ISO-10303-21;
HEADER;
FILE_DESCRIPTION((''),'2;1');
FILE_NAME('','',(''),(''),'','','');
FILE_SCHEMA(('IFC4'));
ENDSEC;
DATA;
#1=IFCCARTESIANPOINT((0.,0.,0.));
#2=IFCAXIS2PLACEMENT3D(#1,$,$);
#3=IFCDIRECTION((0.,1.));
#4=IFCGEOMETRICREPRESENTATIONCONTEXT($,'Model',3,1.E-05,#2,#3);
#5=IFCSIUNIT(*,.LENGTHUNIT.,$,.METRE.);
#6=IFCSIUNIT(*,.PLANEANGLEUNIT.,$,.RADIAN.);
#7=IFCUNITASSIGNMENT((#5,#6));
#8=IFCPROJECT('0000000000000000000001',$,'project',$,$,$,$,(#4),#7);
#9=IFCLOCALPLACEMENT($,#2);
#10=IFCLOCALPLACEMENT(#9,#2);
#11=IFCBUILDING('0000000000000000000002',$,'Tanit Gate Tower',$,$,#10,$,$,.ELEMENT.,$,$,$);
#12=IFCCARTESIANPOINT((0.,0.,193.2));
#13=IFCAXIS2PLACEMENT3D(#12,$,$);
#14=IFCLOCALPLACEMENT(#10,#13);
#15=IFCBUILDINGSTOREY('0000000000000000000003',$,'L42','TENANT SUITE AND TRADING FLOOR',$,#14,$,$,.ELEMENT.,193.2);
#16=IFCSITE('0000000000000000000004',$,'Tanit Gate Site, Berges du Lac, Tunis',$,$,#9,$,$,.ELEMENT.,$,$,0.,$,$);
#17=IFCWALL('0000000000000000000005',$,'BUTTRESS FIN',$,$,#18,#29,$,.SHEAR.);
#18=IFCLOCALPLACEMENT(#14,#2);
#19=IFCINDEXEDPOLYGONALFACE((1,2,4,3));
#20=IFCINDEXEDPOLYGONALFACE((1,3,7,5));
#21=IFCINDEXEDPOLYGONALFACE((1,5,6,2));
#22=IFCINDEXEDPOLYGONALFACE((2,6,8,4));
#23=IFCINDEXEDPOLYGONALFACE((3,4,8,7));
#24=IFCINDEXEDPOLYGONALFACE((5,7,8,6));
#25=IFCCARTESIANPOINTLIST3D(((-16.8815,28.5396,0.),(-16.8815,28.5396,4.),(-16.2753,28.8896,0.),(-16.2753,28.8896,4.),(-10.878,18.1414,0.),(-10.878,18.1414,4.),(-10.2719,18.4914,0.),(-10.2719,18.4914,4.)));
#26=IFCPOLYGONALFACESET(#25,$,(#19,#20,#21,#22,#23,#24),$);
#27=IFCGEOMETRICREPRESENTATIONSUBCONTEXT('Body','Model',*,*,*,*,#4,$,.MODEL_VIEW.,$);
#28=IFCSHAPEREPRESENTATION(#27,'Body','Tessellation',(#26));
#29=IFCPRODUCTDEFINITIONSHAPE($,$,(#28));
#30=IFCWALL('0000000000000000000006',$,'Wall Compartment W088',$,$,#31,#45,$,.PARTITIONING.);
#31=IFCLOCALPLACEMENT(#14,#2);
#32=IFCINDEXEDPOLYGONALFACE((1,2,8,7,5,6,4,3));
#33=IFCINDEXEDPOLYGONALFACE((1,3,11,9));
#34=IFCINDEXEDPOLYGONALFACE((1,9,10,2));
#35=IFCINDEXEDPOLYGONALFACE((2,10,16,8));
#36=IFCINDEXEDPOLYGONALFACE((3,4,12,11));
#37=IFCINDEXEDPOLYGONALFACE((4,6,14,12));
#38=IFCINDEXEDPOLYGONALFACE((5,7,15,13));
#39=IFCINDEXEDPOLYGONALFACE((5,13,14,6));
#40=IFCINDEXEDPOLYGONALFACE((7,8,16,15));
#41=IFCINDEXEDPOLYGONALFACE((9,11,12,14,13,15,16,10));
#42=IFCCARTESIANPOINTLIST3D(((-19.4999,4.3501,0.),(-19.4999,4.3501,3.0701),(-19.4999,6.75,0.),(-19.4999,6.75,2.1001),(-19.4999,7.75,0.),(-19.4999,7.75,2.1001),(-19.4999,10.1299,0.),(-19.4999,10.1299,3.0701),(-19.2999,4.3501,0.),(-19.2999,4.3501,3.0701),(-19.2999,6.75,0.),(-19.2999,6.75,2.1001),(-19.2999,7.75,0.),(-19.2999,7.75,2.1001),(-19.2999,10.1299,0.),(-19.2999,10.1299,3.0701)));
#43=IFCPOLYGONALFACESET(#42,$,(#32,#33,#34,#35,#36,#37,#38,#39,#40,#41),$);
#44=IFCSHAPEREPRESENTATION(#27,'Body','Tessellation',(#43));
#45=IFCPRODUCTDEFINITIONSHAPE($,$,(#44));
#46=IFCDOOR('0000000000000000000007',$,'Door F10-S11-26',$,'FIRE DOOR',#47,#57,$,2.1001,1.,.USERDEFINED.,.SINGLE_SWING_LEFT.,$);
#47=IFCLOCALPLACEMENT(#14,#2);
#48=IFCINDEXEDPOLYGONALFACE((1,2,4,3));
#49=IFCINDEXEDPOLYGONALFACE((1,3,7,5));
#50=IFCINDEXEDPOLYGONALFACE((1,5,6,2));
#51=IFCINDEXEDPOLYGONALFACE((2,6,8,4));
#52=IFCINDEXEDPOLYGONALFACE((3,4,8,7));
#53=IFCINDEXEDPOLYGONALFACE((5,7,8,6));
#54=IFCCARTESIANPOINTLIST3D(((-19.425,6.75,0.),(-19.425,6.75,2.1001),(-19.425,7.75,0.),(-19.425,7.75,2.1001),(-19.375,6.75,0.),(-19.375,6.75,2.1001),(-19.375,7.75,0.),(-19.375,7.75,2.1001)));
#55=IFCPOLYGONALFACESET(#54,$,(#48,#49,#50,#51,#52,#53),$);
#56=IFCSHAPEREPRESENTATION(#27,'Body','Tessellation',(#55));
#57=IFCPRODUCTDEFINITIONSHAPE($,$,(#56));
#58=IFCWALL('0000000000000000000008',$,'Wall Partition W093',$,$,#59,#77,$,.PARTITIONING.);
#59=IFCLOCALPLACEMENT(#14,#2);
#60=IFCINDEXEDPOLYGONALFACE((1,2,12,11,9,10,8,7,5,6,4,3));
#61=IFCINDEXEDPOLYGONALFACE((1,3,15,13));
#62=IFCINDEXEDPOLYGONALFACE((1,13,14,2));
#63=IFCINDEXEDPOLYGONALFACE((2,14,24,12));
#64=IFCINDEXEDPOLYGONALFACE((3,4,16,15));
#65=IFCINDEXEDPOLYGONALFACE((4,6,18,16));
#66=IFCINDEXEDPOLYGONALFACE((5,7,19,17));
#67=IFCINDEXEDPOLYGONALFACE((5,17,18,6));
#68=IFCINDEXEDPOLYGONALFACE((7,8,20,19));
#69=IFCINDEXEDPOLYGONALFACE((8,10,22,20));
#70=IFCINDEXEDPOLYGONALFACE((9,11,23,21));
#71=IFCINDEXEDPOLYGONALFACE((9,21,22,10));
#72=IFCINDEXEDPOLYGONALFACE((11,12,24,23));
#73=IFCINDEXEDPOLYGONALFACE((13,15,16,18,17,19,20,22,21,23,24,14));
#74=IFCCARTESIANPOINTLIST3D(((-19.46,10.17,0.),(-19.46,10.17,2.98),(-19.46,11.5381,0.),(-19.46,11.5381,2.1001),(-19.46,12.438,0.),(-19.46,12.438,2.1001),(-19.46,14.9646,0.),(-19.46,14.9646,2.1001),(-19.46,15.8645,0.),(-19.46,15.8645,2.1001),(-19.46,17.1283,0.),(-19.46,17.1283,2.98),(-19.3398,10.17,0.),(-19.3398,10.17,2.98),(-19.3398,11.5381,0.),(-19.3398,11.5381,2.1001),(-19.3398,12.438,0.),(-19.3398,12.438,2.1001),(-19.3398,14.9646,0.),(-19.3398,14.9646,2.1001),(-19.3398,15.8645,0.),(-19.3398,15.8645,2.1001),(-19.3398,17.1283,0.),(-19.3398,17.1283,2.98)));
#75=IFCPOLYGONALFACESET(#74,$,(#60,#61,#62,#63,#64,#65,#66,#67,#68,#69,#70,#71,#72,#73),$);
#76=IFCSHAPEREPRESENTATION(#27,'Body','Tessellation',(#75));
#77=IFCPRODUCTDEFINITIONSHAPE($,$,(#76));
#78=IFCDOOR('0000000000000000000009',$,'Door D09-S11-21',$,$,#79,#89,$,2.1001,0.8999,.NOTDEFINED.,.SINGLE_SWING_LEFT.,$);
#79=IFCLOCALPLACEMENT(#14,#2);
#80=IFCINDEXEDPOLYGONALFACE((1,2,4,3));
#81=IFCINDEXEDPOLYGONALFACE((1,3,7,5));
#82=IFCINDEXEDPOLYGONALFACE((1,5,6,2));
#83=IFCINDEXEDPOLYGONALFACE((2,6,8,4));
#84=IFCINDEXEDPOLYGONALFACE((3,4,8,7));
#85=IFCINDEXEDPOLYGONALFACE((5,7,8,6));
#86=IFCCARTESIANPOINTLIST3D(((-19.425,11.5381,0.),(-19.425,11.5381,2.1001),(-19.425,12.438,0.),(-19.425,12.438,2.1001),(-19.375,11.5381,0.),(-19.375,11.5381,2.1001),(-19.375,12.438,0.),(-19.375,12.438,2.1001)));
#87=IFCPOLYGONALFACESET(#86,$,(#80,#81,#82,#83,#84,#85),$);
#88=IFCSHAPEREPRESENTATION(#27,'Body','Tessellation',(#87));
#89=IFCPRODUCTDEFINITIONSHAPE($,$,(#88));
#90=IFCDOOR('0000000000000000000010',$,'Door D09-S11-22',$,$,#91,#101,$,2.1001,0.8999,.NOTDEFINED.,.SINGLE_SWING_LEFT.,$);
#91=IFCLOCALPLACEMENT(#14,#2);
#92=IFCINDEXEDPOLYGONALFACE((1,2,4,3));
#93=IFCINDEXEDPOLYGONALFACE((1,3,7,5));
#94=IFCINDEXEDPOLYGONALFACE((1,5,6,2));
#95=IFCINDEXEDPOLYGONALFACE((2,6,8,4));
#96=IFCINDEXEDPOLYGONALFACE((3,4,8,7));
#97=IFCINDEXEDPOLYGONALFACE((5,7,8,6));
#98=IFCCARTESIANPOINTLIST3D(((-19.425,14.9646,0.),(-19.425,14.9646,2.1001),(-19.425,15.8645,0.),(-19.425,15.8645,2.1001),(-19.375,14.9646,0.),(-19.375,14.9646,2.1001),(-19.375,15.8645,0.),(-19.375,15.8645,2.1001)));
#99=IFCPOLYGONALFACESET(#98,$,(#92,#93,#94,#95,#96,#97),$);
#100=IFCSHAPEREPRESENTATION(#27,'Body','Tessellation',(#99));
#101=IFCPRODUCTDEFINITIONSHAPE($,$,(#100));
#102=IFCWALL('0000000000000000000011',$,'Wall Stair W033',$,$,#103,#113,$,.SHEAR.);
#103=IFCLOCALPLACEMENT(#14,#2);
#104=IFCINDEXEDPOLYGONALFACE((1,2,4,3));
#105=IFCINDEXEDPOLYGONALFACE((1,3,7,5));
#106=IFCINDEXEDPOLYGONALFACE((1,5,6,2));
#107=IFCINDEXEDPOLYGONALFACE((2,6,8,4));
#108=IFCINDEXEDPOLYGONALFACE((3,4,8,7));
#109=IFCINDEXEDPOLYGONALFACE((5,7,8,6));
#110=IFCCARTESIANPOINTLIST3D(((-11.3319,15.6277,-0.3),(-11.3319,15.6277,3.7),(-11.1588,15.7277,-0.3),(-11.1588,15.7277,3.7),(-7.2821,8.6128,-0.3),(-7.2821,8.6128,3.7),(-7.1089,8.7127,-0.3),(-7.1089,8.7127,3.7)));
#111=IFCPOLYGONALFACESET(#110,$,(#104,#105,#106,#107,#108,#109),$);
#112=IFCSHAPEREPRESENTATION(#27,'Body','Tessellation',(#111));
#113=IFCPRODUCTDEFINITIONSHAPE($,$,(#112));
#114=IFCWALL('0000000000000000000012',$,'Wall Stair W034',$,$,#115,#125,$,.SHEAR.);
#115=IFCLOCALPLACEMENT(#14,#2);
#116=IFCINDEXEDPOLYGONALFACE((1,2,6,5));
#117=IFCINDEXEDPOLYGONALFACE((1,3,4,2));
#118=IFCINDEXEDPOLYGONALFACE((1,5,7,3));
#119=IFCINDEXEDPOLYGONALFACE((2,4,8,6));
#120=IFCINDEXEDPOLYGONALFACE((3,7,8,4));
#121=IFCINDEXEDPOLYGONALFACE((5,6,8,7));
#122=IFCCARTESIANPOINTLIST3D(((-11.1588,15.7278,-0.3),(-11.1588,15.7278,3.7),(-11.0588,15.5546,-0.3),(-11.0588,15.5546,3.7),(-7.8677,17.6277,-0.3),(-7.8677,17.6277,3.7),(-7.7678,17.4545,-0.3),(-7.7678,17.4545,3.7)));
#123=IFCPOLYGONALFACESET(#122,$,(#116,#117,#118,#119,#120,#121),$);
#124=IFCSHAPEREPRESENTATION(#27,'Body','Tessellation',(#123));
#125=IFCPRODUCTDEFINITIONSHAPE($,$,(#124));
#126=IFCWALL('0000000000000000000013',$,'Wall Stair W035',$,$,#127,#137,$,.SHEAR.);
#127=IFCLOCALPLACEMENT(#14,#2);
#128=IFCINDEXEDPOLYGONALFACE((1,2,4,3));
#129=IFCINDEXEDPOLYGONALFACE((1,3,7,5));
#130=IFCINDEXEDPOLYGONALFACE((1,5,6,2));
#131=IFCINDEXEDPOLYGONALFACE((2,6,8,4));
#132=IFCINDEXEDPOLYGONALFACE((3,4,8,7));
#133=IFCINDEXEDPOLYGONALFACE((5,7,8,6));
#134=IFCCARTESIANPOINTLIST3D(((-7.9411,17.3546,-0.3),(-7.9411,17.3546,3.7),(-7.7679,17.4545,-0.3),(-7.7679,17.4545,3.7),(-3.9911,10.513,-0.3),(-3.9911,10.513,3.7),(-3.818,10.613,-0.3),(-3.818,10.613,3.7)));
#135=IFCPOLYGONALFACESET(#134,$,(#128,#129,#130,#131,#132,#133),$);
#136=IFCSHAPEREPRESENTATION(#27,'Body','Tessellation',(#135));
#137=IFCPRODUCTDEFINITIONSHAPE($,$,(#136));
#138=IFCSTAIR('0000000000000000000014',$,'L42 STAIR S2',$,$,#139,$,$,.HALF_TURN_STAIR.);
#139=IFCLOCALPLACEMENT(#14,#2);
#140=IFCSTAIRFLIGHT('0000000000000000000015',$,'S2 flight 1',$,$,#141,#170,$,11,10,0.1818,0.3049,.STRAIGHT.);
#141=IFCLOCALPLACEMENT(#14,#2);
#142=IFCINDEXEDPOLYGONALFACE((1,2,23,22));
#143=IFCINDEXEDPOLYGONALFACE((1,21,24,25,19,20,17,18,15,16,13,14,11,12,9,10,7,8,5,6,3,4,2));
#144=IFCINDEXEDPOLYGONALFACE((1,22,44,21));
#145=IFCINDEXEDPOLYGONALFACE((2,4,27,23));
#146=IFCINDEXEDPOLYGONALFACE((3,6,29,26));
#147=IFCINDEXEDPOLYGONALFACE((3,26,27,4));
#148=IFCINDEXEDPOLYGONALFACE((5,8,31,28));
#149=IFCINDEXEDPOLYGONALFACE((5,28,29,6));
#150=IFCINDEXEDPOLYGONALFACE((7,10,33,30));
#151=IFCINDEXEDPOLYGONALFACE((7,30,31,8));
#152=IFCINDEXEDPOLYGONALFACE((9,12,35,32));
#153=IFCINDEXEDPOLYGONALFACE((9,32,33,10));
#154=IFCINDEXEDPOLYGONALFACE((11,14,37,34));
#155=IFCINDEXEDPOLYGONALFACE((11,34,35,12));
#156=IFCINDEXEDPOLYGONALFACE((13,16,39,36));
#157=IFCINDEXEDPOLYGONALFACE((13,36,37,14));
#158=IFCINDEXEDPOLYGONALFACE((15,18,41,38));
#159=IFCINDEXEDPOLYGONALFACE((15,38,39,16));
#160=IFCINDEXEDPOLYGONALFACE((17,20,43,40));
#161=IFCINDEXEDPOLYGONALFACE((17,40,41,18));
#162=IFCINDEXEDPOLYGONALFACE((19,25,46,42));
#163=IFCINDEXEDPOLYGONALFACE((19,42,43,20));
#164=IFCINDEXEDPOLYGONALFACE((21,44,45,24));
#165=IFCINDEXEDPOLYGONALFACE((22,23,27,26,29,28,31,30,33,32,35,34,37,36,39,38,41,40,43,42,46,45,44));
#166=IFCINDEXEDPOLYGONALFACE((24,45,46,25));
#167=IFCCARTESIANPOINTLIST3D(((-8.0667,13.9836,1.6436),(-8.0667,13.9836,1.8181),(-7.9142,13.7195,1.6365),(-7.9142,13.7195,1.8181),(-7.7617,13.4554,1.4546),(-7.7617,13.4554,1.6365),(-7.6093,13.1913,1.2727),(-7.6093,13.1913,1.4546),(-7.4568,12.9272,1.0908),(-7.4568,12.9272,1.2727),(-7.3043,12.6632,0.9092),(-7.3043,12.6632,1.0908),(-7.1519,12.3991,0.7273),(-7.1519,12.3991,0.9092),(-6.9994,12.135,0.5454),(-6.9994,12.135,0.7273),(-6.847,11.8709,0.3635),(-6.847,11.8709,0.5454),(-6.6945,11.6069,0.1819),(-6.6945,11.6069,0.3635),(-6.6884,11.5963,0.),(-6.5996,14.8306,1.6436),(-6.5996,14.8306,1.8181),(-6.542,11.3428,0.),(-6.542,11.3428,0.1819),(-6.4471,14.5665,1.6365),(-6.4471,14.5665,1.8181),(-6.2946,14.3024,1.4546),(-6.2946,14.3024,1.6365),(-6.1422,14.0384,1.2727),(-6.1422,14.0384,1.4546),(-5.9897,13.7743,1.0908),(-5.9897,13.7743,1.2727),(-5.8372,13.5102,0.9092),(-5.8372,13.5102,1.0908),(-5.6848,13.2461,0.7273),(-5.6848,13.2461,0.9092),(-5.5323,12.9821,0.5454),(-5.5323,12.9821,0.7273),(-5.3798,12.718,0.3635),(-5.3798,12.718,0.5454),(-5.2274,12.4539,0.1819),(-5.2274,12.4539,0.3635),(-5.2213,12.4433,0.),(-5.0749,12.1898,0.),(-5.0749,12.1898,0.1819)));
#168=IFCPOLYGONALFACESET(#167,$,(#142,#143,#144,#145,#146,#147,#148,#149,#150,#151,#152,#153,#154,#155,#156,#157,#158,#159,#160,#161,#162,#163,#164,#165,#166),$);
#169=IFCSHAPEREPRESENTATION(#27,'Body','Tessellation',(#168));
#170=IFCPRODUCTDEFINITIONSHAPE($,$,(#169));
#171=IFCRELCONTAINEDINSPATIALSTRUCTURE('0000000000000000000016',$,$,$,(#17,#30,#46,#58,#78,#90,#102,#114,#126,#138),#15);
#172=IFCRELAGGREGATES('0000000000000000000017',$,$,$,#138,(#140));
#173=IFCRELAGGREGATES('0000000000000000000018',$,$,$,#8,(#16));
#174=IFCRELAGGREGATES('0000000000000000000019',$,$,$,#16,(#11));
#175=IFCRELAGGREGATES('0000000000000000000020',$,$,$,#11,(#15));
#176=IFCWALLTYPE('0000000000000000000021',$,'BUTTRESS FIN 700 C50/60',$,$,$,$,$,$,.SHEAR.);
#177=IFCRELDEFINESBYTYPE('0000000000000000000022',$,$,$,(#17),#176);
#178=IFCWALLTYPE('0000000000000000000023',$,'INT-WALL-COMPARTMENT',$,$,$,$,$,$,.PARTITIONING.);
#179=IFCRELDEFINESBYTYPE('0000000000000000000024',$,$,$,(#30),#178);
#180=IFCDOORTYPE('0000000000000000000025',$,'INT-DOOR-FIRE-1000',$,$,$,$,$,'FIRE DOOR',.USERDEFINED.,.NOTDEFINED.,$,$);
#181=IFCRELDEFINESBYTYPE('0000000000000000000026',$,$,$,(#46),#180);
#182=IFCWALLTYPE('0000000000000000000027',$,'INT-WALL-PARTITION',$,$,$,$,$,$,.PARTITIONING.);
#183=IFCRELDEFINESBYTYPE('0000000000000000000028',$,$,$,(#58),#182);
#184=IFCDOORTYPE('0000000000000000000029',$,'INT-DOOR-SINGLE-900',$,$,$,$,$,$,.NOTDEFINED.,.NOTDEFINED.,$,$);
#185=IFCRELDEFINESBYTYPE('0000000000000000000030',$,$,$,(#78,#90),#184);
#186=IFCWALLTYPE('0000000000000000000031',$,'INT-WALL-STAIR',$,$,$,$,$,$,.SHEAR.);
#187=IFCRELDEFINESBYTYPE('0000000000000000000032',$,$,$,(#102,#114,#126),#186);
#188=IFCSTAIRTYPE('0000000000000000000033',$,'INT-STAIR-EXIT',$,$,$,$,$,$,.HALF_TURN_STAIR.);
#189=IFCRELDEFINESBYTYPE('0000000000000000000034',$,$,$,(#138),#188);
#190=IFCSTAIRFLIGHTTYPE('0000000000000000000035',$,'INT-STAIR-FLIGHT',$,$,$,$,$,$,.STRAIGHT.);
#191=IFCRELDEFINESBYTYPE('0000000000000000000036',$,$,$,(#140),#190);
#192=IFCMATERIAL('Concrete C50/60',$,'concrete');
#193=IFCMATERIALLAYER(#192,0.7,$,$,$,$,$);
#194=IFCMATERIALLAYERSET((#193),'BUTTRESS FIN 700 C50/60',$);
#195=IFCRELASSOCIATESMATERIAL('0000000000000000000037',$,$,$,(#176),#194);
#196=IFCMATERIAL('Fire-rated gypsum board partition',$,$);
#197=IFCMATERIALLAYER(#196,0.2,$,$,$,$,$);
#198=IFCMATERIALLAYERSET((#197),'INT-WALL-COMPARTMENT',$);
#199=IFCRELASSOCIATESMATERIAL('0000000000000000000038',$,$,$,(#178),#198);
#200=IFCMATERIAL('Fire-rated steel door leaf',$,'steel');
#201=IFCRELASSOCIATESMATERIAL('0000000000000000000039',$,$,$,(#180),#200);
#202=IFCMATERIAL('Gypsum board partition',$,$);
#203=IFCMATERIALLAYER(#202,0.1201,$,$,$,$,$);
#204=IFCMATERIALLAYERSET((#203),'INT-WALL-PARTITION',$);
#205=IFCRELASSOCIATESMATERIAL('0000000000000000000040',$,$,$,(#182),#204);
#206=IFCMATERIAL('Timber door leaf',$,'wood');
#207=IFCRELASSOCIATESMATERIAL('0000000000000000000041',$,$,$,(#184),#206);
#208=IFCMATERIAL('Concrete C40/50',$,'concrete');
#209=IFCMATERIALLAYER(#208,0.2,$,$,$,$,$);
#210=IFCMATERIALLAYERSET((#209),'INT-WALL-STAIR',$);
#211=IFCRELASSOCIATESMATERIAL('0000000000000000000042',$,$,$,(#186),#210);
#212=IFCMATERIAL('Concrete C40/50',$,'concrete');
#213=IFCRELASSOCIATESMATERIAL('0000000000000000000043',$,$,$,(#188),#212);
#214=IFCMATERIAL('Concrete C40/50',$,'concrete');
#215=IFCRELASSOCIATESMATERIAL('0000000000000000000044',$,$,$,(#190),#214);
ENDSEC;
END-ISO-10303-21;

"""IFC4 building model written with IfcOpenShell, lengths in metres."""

from ifc_helpers import new_model, si_unit, direction, frame, frame_2d, origin, place, context, subcontext, project, spatial, polyline, rectangle, outline, extrude, material, layer, layer_set, type_object, element, fill, aggregate, save


model = new_model("IFC4")

# Units and contexts
model_context = context("Model", 3, precision=1e-05, world=origin(), true_north=direction((0.0, 1.0)))
body_context = subcontext(model_context, "Body", "Model", "MODEL_VIEW")
ifc_project = project(units=[si_unit("LENGTHUNIT", "METRE"), si_unit("PLANEANGLEUNIT", "RADIAN")], contexts=[model_context])

# Site, building, storey
site_placement = place(None, origin())
site = spatial("IfcSite", under=ifc_project, at=site_placement, Name="Tanit Gate Site, Berges du Lac, Tunis", CompositionType="ELEMENT", RefElevation=0.0)
building_placement = place(site_placement, origin())
building = spatial("IfcBuilding", under=site, at=building_placement, Name="Tanit Gate Tower", CompositionType="ELEMENT")
storey_placement = place(building_placement, frame((0.0, 0.0, 193.2)))
storey = spatial("IfcBuildingStorey", under=building, at=storey_placement, Name="L42", Description="TENANT SUITE AND TRADING FLOOR", CompositionType="ELEMENT", Elevation=193.2)

# Wall
ifc_material_1 = material(Name="Concrete C50/60", Category="concrete")
ifc_layer_1 = layer(ifc_material_1, 0.7)
ifc_layer_set_1 = layer_set([ifc_layer_1], Name="BUTTRESS FIN 700 C50/60")
wall_type_1 = type_object("IfcWallType", Name="BUTTRESS FIN 700 C50/60", PredefinedType="SHEAR", material=ifc_layer_set_1)
wall_1_placement = place(storey_placement, frame((-10.575, 18.3164, 0.0), z_axis=(0.0, 0.0, 1.0), x_axis=(-0.500001, 0.866025, 0.0)))
element("IfcWall", 1, at=wall_1_placement, inside=storey, type_object=wall_type_1, Name="BUTTRESS FIN", PredefinedType="SHEAR", context=body_context, shape_type="SweptSolid", body=[
    extrude(rectangle(XDim=12.0068, YDim=0.7, at=frame_2d((6.0034, 0.0))), origin(), (0.0, 0.0, 1.0), 4.0),
])

# Wall, opening, door
ifc_material_2 = material(Name="Fire-rated gypsum board partition")
ifc_layer_2 = layer(ifc_material_2, 0.2)
ifc_layer_set_2 = layer_set([ifc_layer_2], Name="INT-WALL-COMPARTMENT")
wall_type_2 = type_object("IfcWallType", Name="INT-WALL-COMPARTMENT", PredefinedType="PARTITIONING", material=ifc_layer_set_2)
wall_2_placement = place(storey_placement, frame((-19.3999, 10.1299, 0.0), z_axis=(0.0, 0.0, 1.0), x_axis=(0.0, -1.0, 0.0)))
wall_2 = element("IfcWall", 2, at=wall_2_placement, inside=storey, type_object=wall_type_2, Name="Wall Compartment W088", PredefinedType="PARTITIONING", context=body_context, shape_type="SweptSolid", body=[
    extrude(rectangle(XDim=5.7798, YDim=0.2, at=frame_2d((2.8899, 0.0))), origin(), (0.0, 0.0, 1.0), 3.0701),
])
opening_1_placement = place(wall_2_placement, frame((2.3799, 0.0, 0.0)))
opening_1 = element("IfcOpeningElement", 3, at=opening_1_placement, cuts=wall_2, PredefinedType="OPENING", context=body_context, shape_type="SweptSolid", body=[
    extrude(rectangle(XDim=1.0, YDim=2.1001, at=frame_2d((0.5, 1.05))), frame((0.0, 0.1099, 0.0), z_axis=(0.0, -1.0, 0.0), x_axis=(1.0, 0.0, 0.0)), (0.0, 0.0, 1.0), 0.22),
])
ifc_material_3 = material(Name="Fire-rated steel door leaf", Category="steel")
door_type_1 = type_object("IfcDoorType", Name="INT-DOOR-FIRE-1000", ElementType="FIRE DOOR", OperationType="NOTDEFINED", PredefinedType="USERDEFINED", material=ifc_material_3)
door_1_placement = place(opening_1_placement, origin())
door_1 = element("IfcDoor", 4, at=door_1_placement, inside=storey, type_object=door_type_1, Name="Door F10-S11-26", ObjectType="FIRE DOOR", OperationType="SINGLE_SWING_LEFT", OverallHeight=2.1001, OverallWidth=1.0, PredefinedType="USERDEFINED", context=body_context, shape_type="SweptSolid", body=[
    extrude(rectangle(XDim=1.0, YDim=2.1001, at=frame_2d((0.5, 1.05))), frame((0.0, 0.0249, 0.0), z_axis=(0.0, -1.0, 0.0), x_axis=(1.0, 0.0, 0.0)), (0.0, 0.0, 1.0), 0.05),
])
fill(opening_1, door_1)

# Wall, openings, doors
ifc_material_4 = material(Name="Gypsum board partition")
ifc_layer_3 = layer(ifc_material_4, 0.1201)
ifc_layer_set_3 = layer_set([ifc_layer_3], Name="INT-WALL-PARTITION")
wall_type_3 = type_object("IfcWallType", Name="INT-WALL-PARTITION", PredefinedType="PARTITIONING", material=ifc_layer_set_3)
wall_3_placement = place(storey_placement, frame((-19.3999, 17.1282, 0.0), z_axis=(0.0, 0.0, 1.0), x_axis=(0.0, -1.0, 0.0)))
wall_3 = element("IfcWall", 5, at=wall_3_placement, inside=storey, type_object=wall_type_3, Name="Wall Partition W093", PredefinedType="PARTITIONING", context=body_context, shape_type="SweptSolid", body=[
    extrude(rectangle(XDim=6.9583, YDim=0.1201, at=frame_2d((3.479, 0.0))), origin(), (0.0, 0.0, 1.0), 2.98),
])
opening_2_placement = place(wall_3_placement, frame((4.6902, 0.0, 0.0)))
opening_2 = element("IfcOpeningElement", 6, at=opening_2_placement, cuts=wall_3, PredefinedType="OPENING", context=body_context, shape_type="SweptSolid", body=[
    extrude(rectangle(XDim=0.8999, YDim=2.1001, at=frame_2d((0.45, 1.05))), frame((0.0, 0.0701, 0.0), z_axis=(0.0, -1.0, 0.0), x_axis=(1.0, 0.0, 0.0)), (0.0, 0.0, 1.0), 0.1401),
])
opening_3_placement = place(wall_3_placement, frame((1.2637, 0.0, 0.0)))
opening_3 = element("IfcOpeningElement", 7, at=opening_3_placement, cuts=wall_3, PredefinedType="OPENING", context=body_context, shape_type="SweptSolid", body=[
    extrude(rectangle(XDim=0.8999, YDim=2.1001, at=frame_2d((0.45, 1.05))), frame((0.0, 0.0701, 0.0), z_axis=(0.0, -1.0, 0.0), x_axis=(1.0, 0.0, 0.0)), (0.0, 0.0, 1.0), 0.1401),
])
ifc_material_5 = material(Name="Timber door leaf", Category="wood")
door_type_2 = type_object("IfcDoorType", Name="INT-DOOR-SINGLE-900", OperationType="NOTDEFINED", PredefinedType="NOTDEFINED", material=ifc_material_5)
door_2_placement = place(opening_2_placement, origin())
door_2 = element("IfcDoor", 8, at=door_2_placement, inside=storey, type_object=door_type_2, Name="Door D09-S11-21", OperationType="SINGLE_SWING_LEFT", OverallHeight=2.1001, OverallWidth=0.8999, PredefinedType="NOTDEFINED", context=body_context, shape_type="SweptSolid", body=[
    extrude(rectangle(XDim=0.8999, YDim=2.1001, at=frame_2d((0.45, 1.05))), frame((0.0, 0.0249, 0.0), z_axis=(0.0, -1.0, 0.0), x_axis=(1.0, 0.0, 0.0)), (0.0, 0.0, 1.0), 0.05),
])
fill(opening_2, door_2)
door_3_placement = place(opening_3_placement, origin())
door_3 = element("IfcDoor", 9, at=door_3_placement, inside=storey, type_object=door_type_2, Name="Door D09-S11-22", OperationType="SINGLE_SWING_LEFT", OverallHeight=2.1001, OverallWidth=0.8999, PredefinedType="NOTDEFINED", context=body_context, shape_type="SweptSolid", body=[
    extrude(rectangle(XDim=0.8999, YDim=2.1001, at=frame_2d((0.45, 1.05))), frame((0.0, 0.0249, 0.0), z_axis=(0.0, -1.0, 0.0), x_axis=(1.0, 0.0, 0.0)), (0.0, 0.0, 1.0), 0.05),
])
fill(opening_3, door_3)

# Walls
ifc_material_6 = material(Name="Concrete C40/50", Category="concrete")
ifc_layer_4 = layer(ifc_material_6, 0.2)
ifc_layer_set_4 = layer_set([ifc_layer_4], Name="INT-WALL-STAIR")
wall_type_4 = type_object("IfcWallType", Name="INT-WALL-STAIR", PredefinedType="SHEAR", material=ifc_layer_set_4)
wall_4_placement = place(storey_placement, frame((-11.2454, 15.6777, -0.3), z_axis=(0.0, 0.0, 1.0), x_axis=(0.499977, -0.866039, 0.0)))
element("IfcWall", 10, at=wall_4_placement, inside=storey, type_object=wall_type_4, Name="Wall Stair W033", PredefinedType="SHEAR", context=body_context, shape_type="SweptSolid", body=[
    extrude(rectangle(XDim=8.1001, YDim=0.2, at=frame_2d((4.05, 0.0))), origin(), (0.0, 0.0, 1.0), 4.0),
])
wall_5_placement = place(storey_placement, frame((-7.8179, 17.541, -0.3), z_axis=(0.0, 0.0, 1.0), x_axis=(-0.866044, -0.499967, 0.0)))
element("IfcWall", 11, at=wall_5_placement, inside=storey, type_object=wall_type_4, Name="Wall Stair W034", PredefinedType="SHEAR", context=body_context, shape_type="SweptSolid", body=[
    extrude(rectangle(XDim=3.8, YDim=0.2, at=frame_2d((1.8999, 0.0))), origin(), (0.0, 0.0, 1.0), 4.0),
])
wall_6_placement = place(storey_placement, frame((-7.8545, 17.4045, -0.3), z_axis=(0.0, 0.0, 1.0), x_axis=(0.499998, -0.866027, 0.0)))
element("IfcWall", 12, at=wall_6_placement, inside=storey, type_object=wall_type_4, Name="Wall Stair W035", PredefinedType="SHEAR", context=body_context, shape_type="SweptSolid", body=[
    extrude(rectangle(XDim=7.8999, YDim=0.2, at=frame_2d((3.95, 0.0))), origin(), (0.0, 0.0, 1.0), 4.0),
])

# Stair, stair flight
ifc_material_7 = material(Name="Concrete C40/50", Category="concrete")
stair_type = type_object("IfcStairType", Name="INT-STAIR-EXIT", PredefinedType="HALF_TURN_STAIR", material=ifc_material_7)
stair_placement = place(storey_placement, origin())
stair = element("IfcStair", 13, at=stair_placement, inside=storey, type_object=stair_type, Name="L42 STAIR S2", PredefinedType="HALF_TURN_STAIR")
ifc_material_8 = material(Name="Concrete C40/50", Category="concrete")
stair_flight_type = type_object("IfcStairFlightType", Name="INT-STAIR-FLIGHT", PredefinedType="STRAIGHT", material=ifc_material_8)
stair_flight_1_placement = place(storey_placement, frame((-5.8083, 11.7664, 0.0), z_axis=(0.0, 0.0, 1.0), x_axis=(-0.5, 0.866025, 0.0)))
stair_flight_1 = element("IfcStairFlight", 14, at=stair_flight_1_placement, type_object=stair_flight_type, Name="S2 flight 1", NumberOfRisers=11, NumberOfTreads=10, PredefinedType="STRAIGHT", RiserHeight=0.1818, TreadLength=0.3049, context=body_context, shape_type="SweptSolid", body=[
    extrude(outline(polyline([(0.0, 0.0), (0.0, 0.1819), (0.3049, 0.1819), (0.3049, 0.3635), (0.6099, 0.3635), (0.6099, 0.5454), (0.9148, 0.5454), (0.9148, 0.7273), (1.2197, 0.7273), (1.2197, 0.9092), (1.5247, 0.9092), (1.5247, 1.0908), (1.8296, 1.0908), (1.8296, 1.2727), (2.1345, 1.2727), (2.1345, 1.4546), (2.4395, 1.4546), (2.4395, 1.6365), (2.7444, 1.6365), (2.7444, 1.8181), (3.0493, 1.8181), (3.0493, 2.0), (3.0493, 1.6436), (0.2927, 0.0), (0.0, 0.0)])), frame((0.0, 0.8472, 0.0), z_axis=(0.0, -1.0, 0.0), x_axis=(1.0, 0.0, 0.0)), (0.0, 0.0, 1.0), 1.6941),
])
aggregate(stair, [stair_flight_1])

save(model, "model.ifc")
